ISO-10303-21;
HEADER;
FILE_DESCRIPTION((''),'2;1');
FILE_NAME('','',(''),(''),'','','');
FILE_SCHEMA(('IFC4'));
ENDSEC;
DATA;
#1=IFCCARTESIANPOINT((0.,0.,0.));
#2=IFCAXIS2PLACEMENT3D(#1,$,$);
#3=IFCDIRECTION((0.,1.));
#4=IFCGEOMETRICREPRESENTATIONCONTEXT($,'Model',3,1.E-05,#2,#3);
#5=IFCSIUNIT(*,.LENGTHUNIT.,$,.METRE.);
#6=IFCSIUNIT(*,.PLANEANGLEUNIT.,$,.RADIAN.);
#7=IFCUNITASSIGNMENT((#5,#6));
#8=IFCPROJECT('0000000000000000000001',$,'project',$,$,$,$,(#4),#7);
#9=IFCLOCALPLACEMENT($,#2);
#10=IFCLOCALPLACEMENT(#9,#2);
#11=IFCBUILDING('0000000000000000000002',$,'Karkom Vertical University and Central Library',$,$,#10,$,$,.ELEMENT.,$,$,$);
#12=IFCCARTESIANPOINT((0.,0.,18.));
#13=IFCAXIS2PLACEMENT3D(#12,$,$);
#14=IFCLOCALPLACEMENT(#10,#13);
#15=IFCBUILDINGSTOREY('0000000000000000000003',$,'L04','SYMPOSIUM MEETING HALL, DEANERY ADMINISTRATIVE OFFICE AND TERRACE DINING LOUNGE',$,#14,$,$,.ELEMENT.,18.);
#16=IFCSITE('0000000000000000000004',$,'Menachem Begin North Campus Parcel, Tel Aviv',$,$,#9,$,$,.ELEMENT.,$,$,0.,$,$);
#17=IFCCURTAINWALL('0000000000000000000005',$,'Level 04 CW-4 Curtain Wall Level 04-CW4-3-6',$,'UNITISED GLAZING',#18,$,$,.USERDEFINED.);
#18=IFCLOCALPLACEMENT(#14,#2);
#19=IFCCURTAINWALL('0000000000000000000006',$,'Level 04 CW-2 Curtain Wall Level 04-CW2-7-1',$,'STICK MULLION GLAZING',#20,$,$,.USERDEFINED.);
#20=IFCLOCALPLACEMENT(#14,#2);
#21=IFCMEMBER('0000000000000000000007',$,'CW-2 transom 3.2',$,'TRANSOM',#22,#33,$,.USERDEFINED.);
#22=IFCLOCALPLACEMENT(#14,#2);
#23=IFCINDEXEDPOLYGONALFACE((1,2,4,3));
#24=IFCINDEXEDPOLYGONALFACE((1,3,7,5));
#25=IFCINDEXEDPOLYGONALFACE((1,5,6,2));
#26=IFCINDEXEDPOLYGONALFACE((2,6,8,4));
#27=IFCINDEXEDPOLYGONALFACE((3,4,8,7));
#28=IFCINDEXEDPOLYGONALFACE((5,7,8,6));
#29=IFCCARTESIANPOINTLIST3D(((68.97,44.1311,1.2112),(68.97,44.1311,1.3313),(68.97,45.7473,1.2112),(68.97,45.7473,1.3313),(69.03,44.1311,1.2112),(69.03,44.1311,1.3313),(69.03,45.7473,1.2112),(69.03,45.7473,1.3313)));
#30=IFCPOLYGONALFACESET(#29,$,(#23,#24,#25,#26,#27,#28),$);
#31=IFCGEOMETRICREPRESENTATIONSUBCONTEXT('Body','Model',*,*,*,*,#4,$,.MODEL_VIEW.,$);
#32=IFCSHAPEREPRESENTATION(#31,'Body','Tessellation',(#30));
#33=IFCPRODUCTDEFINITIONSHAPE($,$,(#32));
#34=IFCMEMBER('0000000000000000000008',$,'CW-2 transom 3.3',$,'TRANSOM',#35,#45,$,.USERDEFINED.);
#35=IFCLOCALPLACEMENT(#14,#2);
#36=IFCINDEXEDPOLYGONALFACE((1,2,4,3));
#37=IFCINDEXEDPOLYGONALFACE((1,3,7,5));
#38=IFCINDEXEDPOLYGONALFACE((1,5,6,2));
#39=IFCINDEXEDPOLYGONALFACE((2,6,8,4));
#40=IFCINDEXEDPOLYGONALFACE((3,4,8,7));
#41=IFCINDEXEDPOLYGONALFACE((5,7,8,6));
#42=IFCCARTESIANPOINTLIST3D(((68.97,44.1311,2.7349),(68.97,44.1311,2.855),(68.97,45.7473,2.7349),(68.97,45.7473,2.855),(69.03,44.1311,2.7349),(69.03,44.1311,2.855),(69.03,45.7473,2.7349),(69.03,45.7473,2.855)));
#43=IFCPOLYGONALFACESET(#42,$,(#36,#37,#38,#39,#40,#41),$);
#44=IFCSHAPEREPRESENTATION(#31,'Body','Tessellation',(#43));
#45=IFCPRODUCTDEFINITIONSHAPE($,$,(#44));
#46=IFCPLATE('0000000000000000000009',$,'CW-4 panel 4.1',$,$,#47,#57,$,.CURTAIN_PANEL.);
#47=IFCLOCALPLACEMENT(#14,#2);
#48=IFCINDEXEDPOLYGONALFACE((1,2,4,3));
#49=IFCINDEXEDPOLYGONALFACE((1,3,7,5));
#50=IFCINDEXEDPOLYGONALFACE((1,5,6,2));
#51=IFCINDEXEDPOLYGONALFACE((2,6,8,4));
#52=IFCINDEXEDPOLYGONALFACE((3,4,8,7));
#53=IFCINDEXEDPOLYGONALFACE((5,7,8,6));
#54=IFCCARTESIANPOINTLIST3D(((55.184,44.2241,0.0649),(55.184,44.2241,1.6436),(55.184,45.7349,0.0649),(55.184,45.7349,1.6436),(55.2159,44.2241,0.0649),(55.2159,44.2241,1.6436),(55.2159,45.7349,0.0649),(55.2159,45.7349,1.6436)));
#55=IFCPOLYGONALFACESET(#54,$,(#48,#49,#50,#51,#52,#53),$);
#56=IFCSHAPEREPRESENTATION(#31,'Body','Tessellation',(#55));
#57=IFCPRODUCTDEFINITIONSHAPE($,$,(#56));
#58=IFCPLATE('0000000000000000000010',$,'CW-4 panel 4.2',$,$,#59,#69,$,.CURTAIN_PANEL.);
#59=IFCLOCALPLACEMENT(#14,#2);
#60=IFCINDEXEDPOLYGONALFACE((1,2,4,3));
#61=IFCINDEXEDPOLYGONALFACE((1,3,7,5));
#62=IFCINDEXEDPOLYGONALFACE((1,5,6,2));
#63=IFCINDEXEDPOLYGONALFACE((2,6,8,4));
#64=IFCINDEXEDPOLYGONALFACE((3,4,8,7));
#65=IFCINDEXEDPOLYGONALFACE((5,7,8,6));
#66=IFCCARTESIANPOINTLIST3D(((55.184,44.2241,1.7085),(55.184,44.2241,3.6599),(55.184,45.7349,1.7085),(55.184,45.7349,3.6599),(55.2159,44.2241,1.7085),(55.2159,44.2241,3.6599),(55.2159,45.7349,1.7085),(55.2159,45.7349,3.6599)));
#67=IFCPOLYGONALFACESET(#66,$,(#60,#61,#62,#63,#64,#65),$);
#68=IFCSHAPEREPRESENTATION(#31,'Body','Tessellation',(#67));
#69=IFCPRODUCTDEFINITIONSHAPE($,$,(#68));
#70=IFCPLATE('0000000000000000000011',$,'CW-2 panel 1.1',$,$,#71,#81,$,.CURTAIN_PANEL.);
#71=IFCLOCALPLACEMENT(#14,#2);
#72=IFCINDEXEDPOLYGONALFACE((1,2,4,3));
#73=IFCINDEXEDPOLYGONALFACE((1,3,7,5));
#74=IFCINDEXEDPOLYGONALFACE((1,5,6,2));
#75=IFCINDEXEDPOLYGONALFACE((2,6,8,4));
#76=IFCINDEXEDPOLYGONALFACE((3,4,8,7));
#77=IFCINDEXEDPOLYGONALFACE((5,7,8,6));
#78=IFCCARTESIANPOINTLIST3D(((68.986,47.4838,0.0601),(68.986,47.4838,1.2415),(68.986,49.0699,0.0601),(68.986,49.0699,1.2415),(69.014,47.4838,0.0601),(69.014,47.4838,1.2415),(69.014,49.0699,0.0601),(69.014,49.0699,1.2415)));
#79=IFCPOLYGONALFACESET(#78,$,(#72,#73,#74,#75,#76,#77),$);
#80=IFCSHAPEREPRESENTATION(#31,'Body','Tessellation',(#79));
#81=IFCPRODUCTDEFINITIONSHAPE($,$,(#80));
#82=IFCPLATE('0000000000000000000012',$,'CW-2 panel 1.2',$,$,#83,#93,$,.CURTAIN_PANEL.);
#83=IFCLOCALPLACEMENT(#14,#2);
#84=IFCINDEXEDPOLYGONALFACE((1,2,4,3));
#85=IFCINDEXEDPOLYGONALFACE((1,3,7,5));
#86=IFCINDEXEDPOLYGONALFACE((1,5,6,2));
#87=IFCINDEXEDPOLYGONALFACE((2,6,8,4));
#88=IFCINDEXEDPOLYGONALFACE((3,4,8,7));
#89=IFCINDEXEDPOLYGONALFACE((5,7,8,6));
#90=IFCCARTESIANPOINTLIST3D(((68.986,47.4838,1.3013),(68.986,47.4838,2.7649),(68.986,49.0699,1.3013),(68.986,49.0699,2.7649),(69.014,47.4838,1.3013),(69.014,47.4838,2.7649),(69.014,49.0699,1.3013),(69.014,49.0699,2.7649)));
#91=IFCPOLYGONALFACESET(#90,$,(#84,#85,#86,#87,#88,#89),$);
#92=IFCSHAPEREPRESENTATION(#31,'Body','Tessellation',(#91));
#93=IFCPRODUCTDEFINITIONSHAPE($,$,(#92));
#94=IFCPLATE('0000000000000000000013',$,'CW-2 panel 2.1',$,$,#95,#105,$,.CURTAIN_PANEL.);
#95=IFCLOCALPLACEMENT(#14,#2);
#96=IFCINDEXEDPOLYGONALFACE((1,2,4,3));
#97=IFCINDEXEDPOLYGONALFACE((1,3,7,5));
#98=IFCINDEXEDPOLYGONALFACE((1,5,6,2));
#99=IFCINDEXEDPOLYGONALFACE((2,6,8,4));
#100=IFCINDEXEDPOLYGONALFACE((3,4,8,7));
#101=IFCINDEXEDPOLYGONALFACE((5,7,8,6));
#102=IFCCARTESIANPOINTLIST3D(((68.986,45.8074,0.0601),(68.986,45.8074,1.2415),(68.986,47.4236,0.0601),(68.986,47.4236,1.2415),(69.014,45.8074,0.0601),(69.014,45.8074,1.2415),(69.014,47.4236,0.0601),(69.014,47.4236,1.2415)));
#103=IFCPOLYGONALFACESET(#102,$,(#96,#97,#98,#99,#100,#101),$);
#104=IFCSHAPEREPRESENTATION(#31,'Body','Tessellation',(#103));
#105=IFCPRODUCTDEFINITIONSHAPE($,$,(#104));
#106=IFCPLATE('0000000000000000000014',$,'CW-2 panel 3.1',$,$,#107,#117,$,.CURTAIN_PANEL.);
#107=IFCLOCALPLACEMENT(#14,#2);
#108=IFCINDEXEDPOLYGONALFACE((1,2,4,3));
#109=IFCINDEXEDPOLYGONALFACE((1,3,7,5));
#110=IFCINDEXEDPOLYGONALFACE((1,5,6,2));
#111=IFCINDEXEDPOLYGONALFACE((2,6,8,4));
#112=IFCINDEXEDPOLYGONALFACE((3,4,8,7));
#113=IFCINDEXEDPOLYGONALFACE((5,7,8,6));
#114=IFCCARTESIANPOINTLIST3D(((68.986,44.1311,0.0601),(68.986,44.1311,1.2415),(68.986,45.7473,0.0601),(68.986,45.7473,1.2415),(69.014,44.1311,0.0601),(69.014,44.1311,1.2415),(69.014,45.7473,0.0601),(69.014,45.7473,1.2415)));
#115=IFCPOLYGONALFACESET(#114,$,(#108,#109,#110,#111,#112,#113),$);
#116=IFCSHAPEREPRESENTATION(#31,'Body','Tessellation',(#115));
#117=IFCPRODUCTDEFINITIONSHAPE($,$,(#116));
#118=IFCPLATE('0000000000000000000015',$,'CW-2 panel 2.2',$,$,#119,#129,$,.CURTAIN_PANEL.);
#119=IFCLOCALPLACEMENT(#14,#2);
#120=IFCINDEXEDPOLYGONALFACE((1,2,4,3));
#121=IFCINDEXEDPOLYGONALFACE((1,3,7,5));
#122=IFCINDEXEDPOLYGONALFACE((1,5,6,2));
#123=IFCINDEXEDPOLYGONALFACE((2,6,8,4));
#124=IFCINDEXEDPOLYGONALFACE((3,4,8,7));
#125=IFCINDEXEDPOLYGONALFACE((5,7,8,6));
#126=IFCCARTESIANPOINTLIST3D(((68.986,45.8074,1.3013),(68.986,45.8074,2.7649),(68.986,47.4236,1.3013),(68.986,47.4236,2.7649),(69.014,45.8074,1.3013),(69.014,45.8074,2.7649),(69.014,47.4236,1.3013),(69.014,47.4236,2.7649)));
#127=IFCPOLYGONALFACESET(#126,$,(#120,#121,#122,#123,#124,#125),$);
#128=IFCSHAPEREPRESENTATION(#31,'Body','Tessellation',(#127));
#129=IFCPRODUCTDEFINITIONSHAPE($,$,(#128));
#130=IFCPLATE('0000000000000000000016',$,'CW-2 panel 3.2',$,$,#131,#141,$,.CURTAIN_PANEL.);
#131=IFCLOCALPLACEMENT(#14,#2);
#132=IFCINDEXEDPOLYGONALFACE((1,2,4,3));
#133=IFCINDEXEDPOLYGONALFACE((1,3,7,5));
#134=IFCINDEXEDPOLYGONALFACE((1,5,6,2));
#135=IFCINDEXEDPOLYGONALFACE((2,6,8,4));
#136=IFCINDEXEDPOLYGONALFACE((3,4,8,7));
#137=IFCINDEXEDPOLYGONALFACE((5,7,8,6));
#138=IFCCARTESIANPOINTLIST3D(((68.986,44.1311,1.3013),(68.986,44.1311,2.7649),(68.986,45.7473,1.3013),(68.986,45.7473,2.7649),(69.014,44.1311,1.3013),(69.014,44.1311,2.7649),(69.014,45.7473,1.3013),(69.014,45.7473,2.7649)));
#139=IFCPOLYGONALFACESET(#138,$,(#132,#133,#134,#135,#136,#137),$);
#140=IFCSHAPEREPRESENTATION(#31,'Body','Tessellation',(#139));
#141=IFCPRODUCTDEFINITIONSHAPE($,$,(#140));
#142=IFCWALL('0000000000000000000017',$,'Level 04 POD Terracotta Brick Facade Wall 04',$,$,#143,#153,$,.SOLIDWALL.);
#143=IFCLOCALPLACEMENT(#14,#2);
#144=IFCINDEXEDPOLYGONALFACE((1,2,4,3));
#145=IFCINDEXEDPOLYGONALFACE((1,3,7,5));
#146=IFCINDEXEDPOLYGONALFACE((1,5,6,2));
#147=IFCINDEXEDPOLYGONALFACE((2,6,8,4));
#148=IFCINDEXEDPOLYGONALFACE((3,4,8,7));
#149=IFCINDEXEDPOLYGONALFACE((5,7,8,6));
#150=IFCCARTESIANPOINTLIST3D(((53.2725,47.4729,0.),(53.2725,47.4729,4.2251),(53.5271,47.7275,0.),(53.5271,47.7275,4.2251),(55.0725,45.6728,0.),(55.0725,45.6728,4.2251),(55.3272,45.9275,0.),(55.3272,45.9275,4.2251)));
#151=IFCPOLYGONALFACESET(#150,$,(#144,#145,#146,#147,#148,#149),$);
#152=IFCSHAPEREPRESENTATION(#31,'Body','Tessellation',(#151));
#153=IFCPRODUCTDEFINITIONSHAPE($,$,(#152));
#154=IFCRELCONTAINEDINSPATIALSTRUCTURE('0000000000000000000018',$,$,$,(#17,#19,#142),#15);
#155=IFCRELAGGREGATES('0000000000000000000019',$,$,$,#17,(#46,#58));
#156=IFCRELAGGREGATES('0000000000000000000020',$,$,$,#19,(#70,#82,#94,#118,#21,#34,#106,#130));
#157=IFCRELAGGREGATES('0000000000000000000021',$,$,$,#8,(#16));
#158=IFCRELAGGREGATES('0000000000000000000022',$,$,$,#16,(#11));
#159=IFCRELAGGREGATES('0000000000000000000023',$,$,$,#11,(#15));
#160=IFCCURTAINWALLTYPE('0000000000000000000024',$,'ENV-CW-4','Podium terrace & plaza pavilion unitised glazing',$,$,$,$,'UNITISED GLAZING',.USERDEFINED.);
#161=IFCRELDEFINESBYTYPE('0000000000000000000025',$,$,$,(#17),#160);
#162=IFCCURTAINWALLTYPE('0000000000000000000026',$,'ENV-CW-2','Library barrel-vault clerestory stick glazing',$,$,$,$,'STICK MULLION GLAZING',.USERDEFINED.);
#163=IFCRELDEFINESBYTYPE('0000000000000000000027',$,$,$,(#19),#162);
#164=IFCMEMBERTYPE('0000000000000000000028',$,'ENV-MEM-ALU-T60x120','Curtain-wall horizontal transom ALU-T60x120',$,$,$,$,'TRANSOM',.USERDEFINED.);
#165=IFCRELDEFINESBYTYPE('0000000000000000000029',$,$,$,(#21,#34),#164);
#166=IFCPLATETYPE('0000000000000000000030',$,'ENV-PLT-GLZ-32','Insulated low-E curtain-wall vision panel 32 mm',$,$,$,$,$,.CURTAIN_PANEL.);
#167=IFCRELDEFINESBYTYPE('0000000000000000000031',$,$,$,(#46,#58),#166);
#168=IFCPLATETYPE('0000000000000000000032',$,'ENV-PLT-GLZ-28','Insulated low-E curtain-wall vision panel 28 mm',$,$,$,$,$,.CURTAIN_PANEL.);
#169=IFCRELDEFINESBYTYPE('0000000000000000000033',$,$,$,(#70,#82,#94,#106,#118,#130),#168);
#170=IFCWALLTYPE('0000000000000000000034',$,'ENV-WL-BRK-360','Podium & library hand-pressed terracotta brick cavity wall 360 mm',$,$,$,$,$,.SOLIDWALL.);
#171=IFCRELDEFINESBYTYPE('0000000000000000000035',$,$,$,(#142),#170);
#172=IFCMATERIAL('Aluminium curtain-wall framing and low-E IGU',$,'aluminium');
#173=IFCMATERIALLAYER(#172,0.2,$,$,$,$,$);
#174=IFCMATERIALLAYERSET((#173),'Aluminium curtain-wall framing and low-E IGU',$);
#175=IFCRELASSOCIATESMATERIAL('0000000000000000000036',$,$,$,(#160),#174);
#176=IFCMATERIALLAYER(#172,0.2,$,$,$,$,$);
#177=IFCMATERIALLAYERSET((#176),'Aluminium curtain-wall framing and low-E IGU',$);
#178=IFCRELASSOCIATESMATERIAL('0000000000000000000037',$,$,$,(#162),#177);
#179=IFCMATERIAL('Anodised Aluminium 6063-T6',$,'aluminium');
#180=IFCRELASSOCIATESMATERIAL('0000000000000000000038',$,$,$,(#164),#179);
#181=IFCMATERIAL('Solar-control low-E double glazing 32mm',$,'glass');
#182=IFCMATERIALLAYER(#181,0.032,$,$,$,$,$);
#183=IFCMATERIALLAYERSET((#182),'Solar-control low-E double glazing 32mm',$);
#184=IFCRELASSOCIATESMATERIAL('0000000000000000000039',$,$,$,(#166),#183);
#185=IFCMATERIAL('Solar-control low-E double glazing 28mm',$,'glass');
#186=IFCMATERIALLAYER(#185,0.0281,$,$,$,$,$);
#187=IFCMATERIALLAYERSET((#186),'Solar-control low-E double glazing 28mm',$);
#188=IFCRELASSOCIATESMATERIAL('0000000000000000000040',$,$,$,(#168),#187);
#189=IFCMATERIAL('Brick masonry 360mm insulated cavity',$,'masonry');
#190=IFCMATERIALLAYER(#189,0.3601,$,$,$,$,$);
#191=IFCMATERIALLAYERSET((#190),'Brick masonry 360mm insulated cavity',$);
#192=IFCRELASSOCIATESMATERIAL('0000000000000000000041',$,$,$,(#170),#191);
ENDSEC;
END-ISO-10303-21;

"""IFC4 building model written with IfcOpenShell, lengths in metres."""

from ifc_helpers import new_model, si_unit, direction, frame, frame_2d, origin, origin_with_axes, origin_2d, place, context, subcontext, project, spatial, rectangle, extrude, source, transform, mapped, material, layer, layer_set, material_profile, profile_set, type_object, element, aggregate, save


model = new_model("IFC4")

# Units and contexts
model_context = context("Model", 3, precision=1e-05, world=origin(), true_north=direction((0.0, 1.0)))
body_context = subcontext(model_context, "Body", "Model", "MODEL_VIEW")
ifc_project = project(units=[si_unit("LENGTHUNIT", "METRE"), si_unit("PLANEANGLEUNIT", "RADIAN")], contexts=[model_context])

# Site, building, storey
site_placement = place(None, origin())
site = spatial("IfcSite", under=ifc_project, at=site_placement, Name="Menachem Begin North Campus Parcel, Tel Aviv", CompositionType="ELEMENT", RefElevation=0.0)
building_placement = place(site_placement, origin())
building = spatial("IfcBuilding", under=site, at=building_placement, Name="Karkom Vertical University and Central Library", CompositionType="ELEMENT")
storey_placement = place(building_placement, frame((0.0, 0.0, 18.0)))
storey = spatial("IfcBuildingStorey", under=building, at=storey_placement, Name="L04", Description="SYMPOSIUM MEETING HALL, DEANERY ADMINISTRATIVE OFFICE AND TERRACE DINING LOUNGE", CompositionType="ELEMENT", Elevation=18.0)

# Curtain walls, members
ifc_material_1 = material(Name="Aluminium curtain-wall framing and low-E IGU", Category="aluminium")
ifc_layer_1 = layer(ifc_material_1, 0.2)
ifc_layer_set_1 = layer_set([ifc_layer_1], Name="Aluminium curtain-wall framing and low-E IGU")
curtain_wall_type_1 = type_object("IfcCurtainWallType", Name="ENV-CW-4", Description="Podium terrace & plaza pavilion unitised glazing", ElementType="UNITISED GLAZING", PredefinedType="USERDEFINED", material=ifc_layer_set_1)
curtain_wall_1_placement = place(storey_placement, origin())
curtain_wall_1 = element("IfcCurtainWall", 1, at=curtain_wall_1_placement, inside=storey, type_object=curtain_wall_type_1, Name="Level 04 CW-4 Curtain Wall Level 04-CW4-3-6", ObjectType="UNITISED GLAZING", PredefinedType="USERDEFINED")
ifc_material_2 = material(Name="Anodised Aluminium 6063-T6", Category="aluminium")
ifc_layer_2 = layer(ifc_material_1, 0.2)
ifc_layer_set_2 = layer_set([ifc_layer_2], Name="Aluminium curtain-wall framing and low-E IGU")
curtain_wall_type_2 = type_object("IfcCurtainWallType", Name="ENV-CW-2", Description="Library barrel-vault clerestory stick glazing", ElementType="STICK MULLION GLAZING", PredefinedType="USERDEFINED", material=ifc_layer_set_2)
curtain_wall_2_placement = place(storey_placement, origin())
curtain_wall_2 = element("IfcCurtainWall", 2, at=curtain_wall_2_placement, inside=storey, type_object=curtain_wall_type_2, Name="Level 04 CW-2 Curtain Wall Level 04-CW2-7-1", ObjectType="STICK MULLION GLAZING", PredefinedType="USERDEFINED")
ifc_material_profile_1 = material_profile(ifc_material_2, rectangle(XDim=0.0601, YDim=0.1201, at=origin_2d()), Name="ALU-T60x120")
ifc_profile_set_1 = profile_set([ifc_material_profile_1], Name="Anodised Aluminium 6063-T6")
member_type_1 = type_object("IfcMemberType", Name="ENV-MEM-ALU-T60x120", Description="Curtain-wall horizontal transom ALU-T60x120", ElementType="TRANSOM", PredefinedType="USERDEFINED", material=ifc_profile_set_1)
shared_shape_1 = source(origin_with_axes(), body_context, "Body", "SweptSolid", [
    extrude(rectangle(XDim=0.0601, YDim=0.1201, at=origin_2d()), origin(), (0.0, 0.0, 1.0), 1.6162),
])
member_1_placement = place(storey_placement, frame((69.0, 45.7473, 1.2712), z_axis=(0.0, -1.0, 0.0), x_axis=(1.0, 0.0, 0.0)))
member_1 = element("IfcMember", 3, at=member_1_placement, type_object=member_type_1, Name="CW-2 transom 3.2", ObjectType="TRANSOM", PredefinedType="USERDEFINED", context=body_context, shape_type="MappedRepresentation", body=[
    mapped(shared_shape_1, transform((0.0, 0.0, 0.0), scale=1.0)),
])
member_2_placement = place(storey_placement, frame((69.0, 45.7473, 2.7949), z_axis=(0.0, -1.0, 0.0), x_axis=(1.0, 0.0, 0.0)))
member_2 = element("IfcMember", 4, at=member_2_placement, type_object=member_type_1, Name="CW-2 transom 3.3", ObjectType="TRANSOM", PredefinedType="USERDEFINED", context=body_context, shape_type="MappedRepresentation", body=[
    mapped(shared_shape_1, transform((0.0, 0.0, 0.0), scale=1.0)),
])

# Plates
ifc_material_3 = material(Name="Solar-control low-E double glazing 32mm", Category="glass")
ifc_layer_3 = layer(ifc_material_3, 0.032)
ifc_layer_set_3 = layer_set([ifc_layer_3], Name="Solar-control low-E double glazing 32mm")
plate_type_1 = type_object("IfcPlateType", Name="ENV-PLT-GLZ-32", Description="Insulated low-E curtain-wall vision panel 32 mm", PredefinedType="CURTAIN_PANEL", material=ifc_layer_set_3)
shared_shape_2 = source(origin_with_axes(), body_context, "Body", "SweptSolid", [
    extrude(rectangle(XDim=1.5107, YDim=0.032, at=origin_2d()), origin(), (0.0, 0.0, 1.0), 1.5786),
])
plate_1_placement = place(storey_placement, frame((55.2, 44.9795, 0.0649), z_axis=(0.0, 0.0, 1.0), x_axis=(0.0, 1.0, 0.0)))
plate_1 = element("IfcPlate", 5, at=plate_1_placement, type_object=plate_type_1, Name="CW-4 panel 4.1", PredefinedType="CURTAIN_PANEL", context=body_context, shape_type="MappedRepresentation", body=[
    mapped(shared_shape_2, transform((0.0, 0.0, 0.0), scale=1.0)),
])
shared_shape_3 = source(origin_with_axes(), body_context, "Body", "SweptSolid", [
    extrude(rectangle(XDim=1.5107, YDim=0.032, at=origin_2d()), origin(), (0.0, 0.0, 1.0), 1.9514),
])
plate_2_placement = place(storey_placement, frame((55.2, 44.9795, 1.7085), z_axis=(0.0, 0.0, 1.0), x_axis=(0.0, 1.0, 0.0)))
plate_2 = element("IfcPlate", 6, at=plate_2_placement, type_object=plate_type_1, Name="CW-4 panel 4.2", PredefinedType="CURTAIN_PANEL", context=body_context, shape_type="MappedRepresentation", body=[
    mapped(shared_shape_3, transform((0.0, 0.0, 0.0), scale=1.0)),
])
aggregate(curtain_wall_1, [plate_1, plate_2])
ifc_material_4 = material(Name="Solar-control low-E double glazing 28mm", Category="glass")
ifc_layer_4 = layer(ifc_material_4, 0.0281)
ifc_layer_set_4 = layer_set([ifc_layer_4], Name="Solar-control low-E double glazing 28mm")
plate_type_2 = type_object("IfcPlateType", Name="ENV-PLT-GLZ-28", Description="Insulated low-E curtain-wall vision panel 28 mm", PredefinedType="CURTAIN_PANEL", material=ifc_layer_set_4)
shared_shape_4 = source(origin_with_axes(), body_context, "Body", "SweptSolid", [
    extrude(rectangle(XDim=1.5862, YDim=0.0281, at=origin_2d()), origin(), (0.0, 0.0, 1.0), 1.1814),
])
plate_3_placement = place(storey_placement, frame((69.0, 48.2769, 0.0601), z_axis=(0.0, 0.0, 1.0), x_axis=(0.0, -1.0, 0.0)))
plate_3 = element("IfcPlate", 7, at=plate_3_placement, type_object=plate_type_2, Name="CW-2 panel 1.1", PredefinedType="CURTAIN_PANEL", context=body_context, shape_type="MappedRepresentation", body=[
    mapped(shared_shape_4, transform((0.0, 0.0, 0.0), scale=1.0)),
])
shared_shape_5 = source(origin_with_axes(), body_context, "Body", "SweptSolid", [
    extrude(rectangle(XDim=1.5862, YDim=0.0281, at=origin_2d()), origin(), (0.0, 0.0, 1.0), 1.4636),
])
plate_4_placement = place(storey_placement, frame((69.0, 48.2769, 1.3013), z_axis=(0.0, 0.0, 1.0), x_axis=(0.0, -1.0, 0.0)))
plate_4 = element("IfcPlate", 8, at=plate_4_placement, type_object=plate_type_2, Name="CW-2 panel 1.2", PredefinedType="CURTAIN_PANEL", context=body_context, shape_type="MappedRepresentation", body=[
    mapped(shared_shape_5, transform((0.0, 0.0, 0.0), scale=1.0)),
])
shared_shape_6 = source(origin_with_axes(), body_context, "Body", "SweptSolid", [
    extrude(rectangle(XDim=1.6162, YDim=0.0281, at=origin_2d()), origin(), (0.0, 0.0, 1.0), 1.1814),
])
plate_5_placement = place(storey_placement, frame((69.0, 46.6155, 0.0601), z_axis=(0.0, 0.0, 1.0), x_axis=(0.0, -1.0, 0.0)))
plate_5 = element("IfcPlate", 9, at=plate_5_placement, type_object=plate_type_2, Name="CW-2 panel 2.1", PredefinedType="CURTAIN_PANEL", context=body_context, shape_type="MappedRepresentation", body=[
    mapped(shared_shape_6, transform((0.0, 0.0, 0.0), scale=1.0)),
])
plate_6_placement = place(storey_placement, frame((69.0, 44.9392, 0.0601), z_axis=(0.0, 0.0, 1.0), x_axis=(0.0, -1.0, 0.0)))
plate_6 = element("IfcPlate", 10, at=plate_6_placement, type_object=plate_type_2, Name="CW-2 panel 3.1", PredefinedType="CURTAIN_PANEL", context=body_context, shape_type="MappedRepresentation", body=[
    mapped(shared_shape_6, transform((0.0, 0.0, 0.0), scale=1.0)),
])
shared_shape_7 = source(origin_with_axes(), body_context, "Body", "SweptSolid", [
    extrude(rectangle(XDim=1.6162, YDim=0.0281, at=origin_2d()), origin(), (0.0, 0.0, 1.0), 1.4636),
])
plate_7_placement = place(storey_placement, frame((69.0, 46.6155, 1.3013), z_axis=(0.0, 0.0, 1.0), x_axis=(0.0, -1.0, 0.0)))
plate_7 = element("IfcPlate", 11, at=plate_7_placement, type_object=plate_type_2, Name="CW-2 panel 2.2", PredefinedType="CURTAIN_PANEL", context=body_context, shape_type="MappedRepresentation", body=[
    mapped(shared_shape_7, transform((0.0, 0.0, 0.0), scale=1.0)),
])
plate_8_placement = place(storey_placement, frame((69.0, 44.9392, 1.3013), z_axis=(0.0, 0.0, 1.0), x_axis=(0.0, -1.0, 0.0)))
plate_8 = element("IfcPlate", 12, at=plate_8_placement, type_object=plate_type_2, Name="CW-2 panel 3.2", PredefinedType="CURTAIN_PANEL", context=body_context, shape_type="MappedRepresentation", body=[
    mapped(shared_shape_7, transform((0.0, 0.0, 0.0), scale=1.0)),
])
aggregate(curtain_wall_2, [plate_3, plate_4, plate_5, plate_7, member_1, member_2, plate_6, plate_8])

# Wall
ifc_material_5 = material(Name="Brick masonry 360mm insulated cavity", Category="masonry")
ifc_layer_5 = layer(ifc_material_5, 0.3601)
ifc_layer_set_5 = layer_set([ifc_layer_5], Name="Brick masonry 360mm insulated cavity")
wall_type = type_object("IfcWallType", Name="ENV-WL-BRK-360", Description="Podium & library hand-pressed terracotta brick cavity wall 360 mm", PredefinedType="SOLIDWALL", material=ifc_layer_set_5)
wall_placement = place(storey_placement, frame((55.2, 45.8, 0.0), z_axis=(0.0, 0.0, 1.0), x_axis=(-0.707107, 0.707107, 0.0)))
element("IfcWall", 13, at=wall_placement, inside=storey, type_object=wall_type, Name="Level 04 POD Terracotta Brick Facade Wall 04", PredefinedType="SOLIDWALL", context=body_context, shape_type="SweptSolid", body=[
    extrude(rectangle(XDim=2.5457, YDim=0.3601, at=frame_2d((1.2729, 0.0))), origin(), (0.0, 0.0, 1.0), 4.2251),
])

save(model, "model.ifc")
